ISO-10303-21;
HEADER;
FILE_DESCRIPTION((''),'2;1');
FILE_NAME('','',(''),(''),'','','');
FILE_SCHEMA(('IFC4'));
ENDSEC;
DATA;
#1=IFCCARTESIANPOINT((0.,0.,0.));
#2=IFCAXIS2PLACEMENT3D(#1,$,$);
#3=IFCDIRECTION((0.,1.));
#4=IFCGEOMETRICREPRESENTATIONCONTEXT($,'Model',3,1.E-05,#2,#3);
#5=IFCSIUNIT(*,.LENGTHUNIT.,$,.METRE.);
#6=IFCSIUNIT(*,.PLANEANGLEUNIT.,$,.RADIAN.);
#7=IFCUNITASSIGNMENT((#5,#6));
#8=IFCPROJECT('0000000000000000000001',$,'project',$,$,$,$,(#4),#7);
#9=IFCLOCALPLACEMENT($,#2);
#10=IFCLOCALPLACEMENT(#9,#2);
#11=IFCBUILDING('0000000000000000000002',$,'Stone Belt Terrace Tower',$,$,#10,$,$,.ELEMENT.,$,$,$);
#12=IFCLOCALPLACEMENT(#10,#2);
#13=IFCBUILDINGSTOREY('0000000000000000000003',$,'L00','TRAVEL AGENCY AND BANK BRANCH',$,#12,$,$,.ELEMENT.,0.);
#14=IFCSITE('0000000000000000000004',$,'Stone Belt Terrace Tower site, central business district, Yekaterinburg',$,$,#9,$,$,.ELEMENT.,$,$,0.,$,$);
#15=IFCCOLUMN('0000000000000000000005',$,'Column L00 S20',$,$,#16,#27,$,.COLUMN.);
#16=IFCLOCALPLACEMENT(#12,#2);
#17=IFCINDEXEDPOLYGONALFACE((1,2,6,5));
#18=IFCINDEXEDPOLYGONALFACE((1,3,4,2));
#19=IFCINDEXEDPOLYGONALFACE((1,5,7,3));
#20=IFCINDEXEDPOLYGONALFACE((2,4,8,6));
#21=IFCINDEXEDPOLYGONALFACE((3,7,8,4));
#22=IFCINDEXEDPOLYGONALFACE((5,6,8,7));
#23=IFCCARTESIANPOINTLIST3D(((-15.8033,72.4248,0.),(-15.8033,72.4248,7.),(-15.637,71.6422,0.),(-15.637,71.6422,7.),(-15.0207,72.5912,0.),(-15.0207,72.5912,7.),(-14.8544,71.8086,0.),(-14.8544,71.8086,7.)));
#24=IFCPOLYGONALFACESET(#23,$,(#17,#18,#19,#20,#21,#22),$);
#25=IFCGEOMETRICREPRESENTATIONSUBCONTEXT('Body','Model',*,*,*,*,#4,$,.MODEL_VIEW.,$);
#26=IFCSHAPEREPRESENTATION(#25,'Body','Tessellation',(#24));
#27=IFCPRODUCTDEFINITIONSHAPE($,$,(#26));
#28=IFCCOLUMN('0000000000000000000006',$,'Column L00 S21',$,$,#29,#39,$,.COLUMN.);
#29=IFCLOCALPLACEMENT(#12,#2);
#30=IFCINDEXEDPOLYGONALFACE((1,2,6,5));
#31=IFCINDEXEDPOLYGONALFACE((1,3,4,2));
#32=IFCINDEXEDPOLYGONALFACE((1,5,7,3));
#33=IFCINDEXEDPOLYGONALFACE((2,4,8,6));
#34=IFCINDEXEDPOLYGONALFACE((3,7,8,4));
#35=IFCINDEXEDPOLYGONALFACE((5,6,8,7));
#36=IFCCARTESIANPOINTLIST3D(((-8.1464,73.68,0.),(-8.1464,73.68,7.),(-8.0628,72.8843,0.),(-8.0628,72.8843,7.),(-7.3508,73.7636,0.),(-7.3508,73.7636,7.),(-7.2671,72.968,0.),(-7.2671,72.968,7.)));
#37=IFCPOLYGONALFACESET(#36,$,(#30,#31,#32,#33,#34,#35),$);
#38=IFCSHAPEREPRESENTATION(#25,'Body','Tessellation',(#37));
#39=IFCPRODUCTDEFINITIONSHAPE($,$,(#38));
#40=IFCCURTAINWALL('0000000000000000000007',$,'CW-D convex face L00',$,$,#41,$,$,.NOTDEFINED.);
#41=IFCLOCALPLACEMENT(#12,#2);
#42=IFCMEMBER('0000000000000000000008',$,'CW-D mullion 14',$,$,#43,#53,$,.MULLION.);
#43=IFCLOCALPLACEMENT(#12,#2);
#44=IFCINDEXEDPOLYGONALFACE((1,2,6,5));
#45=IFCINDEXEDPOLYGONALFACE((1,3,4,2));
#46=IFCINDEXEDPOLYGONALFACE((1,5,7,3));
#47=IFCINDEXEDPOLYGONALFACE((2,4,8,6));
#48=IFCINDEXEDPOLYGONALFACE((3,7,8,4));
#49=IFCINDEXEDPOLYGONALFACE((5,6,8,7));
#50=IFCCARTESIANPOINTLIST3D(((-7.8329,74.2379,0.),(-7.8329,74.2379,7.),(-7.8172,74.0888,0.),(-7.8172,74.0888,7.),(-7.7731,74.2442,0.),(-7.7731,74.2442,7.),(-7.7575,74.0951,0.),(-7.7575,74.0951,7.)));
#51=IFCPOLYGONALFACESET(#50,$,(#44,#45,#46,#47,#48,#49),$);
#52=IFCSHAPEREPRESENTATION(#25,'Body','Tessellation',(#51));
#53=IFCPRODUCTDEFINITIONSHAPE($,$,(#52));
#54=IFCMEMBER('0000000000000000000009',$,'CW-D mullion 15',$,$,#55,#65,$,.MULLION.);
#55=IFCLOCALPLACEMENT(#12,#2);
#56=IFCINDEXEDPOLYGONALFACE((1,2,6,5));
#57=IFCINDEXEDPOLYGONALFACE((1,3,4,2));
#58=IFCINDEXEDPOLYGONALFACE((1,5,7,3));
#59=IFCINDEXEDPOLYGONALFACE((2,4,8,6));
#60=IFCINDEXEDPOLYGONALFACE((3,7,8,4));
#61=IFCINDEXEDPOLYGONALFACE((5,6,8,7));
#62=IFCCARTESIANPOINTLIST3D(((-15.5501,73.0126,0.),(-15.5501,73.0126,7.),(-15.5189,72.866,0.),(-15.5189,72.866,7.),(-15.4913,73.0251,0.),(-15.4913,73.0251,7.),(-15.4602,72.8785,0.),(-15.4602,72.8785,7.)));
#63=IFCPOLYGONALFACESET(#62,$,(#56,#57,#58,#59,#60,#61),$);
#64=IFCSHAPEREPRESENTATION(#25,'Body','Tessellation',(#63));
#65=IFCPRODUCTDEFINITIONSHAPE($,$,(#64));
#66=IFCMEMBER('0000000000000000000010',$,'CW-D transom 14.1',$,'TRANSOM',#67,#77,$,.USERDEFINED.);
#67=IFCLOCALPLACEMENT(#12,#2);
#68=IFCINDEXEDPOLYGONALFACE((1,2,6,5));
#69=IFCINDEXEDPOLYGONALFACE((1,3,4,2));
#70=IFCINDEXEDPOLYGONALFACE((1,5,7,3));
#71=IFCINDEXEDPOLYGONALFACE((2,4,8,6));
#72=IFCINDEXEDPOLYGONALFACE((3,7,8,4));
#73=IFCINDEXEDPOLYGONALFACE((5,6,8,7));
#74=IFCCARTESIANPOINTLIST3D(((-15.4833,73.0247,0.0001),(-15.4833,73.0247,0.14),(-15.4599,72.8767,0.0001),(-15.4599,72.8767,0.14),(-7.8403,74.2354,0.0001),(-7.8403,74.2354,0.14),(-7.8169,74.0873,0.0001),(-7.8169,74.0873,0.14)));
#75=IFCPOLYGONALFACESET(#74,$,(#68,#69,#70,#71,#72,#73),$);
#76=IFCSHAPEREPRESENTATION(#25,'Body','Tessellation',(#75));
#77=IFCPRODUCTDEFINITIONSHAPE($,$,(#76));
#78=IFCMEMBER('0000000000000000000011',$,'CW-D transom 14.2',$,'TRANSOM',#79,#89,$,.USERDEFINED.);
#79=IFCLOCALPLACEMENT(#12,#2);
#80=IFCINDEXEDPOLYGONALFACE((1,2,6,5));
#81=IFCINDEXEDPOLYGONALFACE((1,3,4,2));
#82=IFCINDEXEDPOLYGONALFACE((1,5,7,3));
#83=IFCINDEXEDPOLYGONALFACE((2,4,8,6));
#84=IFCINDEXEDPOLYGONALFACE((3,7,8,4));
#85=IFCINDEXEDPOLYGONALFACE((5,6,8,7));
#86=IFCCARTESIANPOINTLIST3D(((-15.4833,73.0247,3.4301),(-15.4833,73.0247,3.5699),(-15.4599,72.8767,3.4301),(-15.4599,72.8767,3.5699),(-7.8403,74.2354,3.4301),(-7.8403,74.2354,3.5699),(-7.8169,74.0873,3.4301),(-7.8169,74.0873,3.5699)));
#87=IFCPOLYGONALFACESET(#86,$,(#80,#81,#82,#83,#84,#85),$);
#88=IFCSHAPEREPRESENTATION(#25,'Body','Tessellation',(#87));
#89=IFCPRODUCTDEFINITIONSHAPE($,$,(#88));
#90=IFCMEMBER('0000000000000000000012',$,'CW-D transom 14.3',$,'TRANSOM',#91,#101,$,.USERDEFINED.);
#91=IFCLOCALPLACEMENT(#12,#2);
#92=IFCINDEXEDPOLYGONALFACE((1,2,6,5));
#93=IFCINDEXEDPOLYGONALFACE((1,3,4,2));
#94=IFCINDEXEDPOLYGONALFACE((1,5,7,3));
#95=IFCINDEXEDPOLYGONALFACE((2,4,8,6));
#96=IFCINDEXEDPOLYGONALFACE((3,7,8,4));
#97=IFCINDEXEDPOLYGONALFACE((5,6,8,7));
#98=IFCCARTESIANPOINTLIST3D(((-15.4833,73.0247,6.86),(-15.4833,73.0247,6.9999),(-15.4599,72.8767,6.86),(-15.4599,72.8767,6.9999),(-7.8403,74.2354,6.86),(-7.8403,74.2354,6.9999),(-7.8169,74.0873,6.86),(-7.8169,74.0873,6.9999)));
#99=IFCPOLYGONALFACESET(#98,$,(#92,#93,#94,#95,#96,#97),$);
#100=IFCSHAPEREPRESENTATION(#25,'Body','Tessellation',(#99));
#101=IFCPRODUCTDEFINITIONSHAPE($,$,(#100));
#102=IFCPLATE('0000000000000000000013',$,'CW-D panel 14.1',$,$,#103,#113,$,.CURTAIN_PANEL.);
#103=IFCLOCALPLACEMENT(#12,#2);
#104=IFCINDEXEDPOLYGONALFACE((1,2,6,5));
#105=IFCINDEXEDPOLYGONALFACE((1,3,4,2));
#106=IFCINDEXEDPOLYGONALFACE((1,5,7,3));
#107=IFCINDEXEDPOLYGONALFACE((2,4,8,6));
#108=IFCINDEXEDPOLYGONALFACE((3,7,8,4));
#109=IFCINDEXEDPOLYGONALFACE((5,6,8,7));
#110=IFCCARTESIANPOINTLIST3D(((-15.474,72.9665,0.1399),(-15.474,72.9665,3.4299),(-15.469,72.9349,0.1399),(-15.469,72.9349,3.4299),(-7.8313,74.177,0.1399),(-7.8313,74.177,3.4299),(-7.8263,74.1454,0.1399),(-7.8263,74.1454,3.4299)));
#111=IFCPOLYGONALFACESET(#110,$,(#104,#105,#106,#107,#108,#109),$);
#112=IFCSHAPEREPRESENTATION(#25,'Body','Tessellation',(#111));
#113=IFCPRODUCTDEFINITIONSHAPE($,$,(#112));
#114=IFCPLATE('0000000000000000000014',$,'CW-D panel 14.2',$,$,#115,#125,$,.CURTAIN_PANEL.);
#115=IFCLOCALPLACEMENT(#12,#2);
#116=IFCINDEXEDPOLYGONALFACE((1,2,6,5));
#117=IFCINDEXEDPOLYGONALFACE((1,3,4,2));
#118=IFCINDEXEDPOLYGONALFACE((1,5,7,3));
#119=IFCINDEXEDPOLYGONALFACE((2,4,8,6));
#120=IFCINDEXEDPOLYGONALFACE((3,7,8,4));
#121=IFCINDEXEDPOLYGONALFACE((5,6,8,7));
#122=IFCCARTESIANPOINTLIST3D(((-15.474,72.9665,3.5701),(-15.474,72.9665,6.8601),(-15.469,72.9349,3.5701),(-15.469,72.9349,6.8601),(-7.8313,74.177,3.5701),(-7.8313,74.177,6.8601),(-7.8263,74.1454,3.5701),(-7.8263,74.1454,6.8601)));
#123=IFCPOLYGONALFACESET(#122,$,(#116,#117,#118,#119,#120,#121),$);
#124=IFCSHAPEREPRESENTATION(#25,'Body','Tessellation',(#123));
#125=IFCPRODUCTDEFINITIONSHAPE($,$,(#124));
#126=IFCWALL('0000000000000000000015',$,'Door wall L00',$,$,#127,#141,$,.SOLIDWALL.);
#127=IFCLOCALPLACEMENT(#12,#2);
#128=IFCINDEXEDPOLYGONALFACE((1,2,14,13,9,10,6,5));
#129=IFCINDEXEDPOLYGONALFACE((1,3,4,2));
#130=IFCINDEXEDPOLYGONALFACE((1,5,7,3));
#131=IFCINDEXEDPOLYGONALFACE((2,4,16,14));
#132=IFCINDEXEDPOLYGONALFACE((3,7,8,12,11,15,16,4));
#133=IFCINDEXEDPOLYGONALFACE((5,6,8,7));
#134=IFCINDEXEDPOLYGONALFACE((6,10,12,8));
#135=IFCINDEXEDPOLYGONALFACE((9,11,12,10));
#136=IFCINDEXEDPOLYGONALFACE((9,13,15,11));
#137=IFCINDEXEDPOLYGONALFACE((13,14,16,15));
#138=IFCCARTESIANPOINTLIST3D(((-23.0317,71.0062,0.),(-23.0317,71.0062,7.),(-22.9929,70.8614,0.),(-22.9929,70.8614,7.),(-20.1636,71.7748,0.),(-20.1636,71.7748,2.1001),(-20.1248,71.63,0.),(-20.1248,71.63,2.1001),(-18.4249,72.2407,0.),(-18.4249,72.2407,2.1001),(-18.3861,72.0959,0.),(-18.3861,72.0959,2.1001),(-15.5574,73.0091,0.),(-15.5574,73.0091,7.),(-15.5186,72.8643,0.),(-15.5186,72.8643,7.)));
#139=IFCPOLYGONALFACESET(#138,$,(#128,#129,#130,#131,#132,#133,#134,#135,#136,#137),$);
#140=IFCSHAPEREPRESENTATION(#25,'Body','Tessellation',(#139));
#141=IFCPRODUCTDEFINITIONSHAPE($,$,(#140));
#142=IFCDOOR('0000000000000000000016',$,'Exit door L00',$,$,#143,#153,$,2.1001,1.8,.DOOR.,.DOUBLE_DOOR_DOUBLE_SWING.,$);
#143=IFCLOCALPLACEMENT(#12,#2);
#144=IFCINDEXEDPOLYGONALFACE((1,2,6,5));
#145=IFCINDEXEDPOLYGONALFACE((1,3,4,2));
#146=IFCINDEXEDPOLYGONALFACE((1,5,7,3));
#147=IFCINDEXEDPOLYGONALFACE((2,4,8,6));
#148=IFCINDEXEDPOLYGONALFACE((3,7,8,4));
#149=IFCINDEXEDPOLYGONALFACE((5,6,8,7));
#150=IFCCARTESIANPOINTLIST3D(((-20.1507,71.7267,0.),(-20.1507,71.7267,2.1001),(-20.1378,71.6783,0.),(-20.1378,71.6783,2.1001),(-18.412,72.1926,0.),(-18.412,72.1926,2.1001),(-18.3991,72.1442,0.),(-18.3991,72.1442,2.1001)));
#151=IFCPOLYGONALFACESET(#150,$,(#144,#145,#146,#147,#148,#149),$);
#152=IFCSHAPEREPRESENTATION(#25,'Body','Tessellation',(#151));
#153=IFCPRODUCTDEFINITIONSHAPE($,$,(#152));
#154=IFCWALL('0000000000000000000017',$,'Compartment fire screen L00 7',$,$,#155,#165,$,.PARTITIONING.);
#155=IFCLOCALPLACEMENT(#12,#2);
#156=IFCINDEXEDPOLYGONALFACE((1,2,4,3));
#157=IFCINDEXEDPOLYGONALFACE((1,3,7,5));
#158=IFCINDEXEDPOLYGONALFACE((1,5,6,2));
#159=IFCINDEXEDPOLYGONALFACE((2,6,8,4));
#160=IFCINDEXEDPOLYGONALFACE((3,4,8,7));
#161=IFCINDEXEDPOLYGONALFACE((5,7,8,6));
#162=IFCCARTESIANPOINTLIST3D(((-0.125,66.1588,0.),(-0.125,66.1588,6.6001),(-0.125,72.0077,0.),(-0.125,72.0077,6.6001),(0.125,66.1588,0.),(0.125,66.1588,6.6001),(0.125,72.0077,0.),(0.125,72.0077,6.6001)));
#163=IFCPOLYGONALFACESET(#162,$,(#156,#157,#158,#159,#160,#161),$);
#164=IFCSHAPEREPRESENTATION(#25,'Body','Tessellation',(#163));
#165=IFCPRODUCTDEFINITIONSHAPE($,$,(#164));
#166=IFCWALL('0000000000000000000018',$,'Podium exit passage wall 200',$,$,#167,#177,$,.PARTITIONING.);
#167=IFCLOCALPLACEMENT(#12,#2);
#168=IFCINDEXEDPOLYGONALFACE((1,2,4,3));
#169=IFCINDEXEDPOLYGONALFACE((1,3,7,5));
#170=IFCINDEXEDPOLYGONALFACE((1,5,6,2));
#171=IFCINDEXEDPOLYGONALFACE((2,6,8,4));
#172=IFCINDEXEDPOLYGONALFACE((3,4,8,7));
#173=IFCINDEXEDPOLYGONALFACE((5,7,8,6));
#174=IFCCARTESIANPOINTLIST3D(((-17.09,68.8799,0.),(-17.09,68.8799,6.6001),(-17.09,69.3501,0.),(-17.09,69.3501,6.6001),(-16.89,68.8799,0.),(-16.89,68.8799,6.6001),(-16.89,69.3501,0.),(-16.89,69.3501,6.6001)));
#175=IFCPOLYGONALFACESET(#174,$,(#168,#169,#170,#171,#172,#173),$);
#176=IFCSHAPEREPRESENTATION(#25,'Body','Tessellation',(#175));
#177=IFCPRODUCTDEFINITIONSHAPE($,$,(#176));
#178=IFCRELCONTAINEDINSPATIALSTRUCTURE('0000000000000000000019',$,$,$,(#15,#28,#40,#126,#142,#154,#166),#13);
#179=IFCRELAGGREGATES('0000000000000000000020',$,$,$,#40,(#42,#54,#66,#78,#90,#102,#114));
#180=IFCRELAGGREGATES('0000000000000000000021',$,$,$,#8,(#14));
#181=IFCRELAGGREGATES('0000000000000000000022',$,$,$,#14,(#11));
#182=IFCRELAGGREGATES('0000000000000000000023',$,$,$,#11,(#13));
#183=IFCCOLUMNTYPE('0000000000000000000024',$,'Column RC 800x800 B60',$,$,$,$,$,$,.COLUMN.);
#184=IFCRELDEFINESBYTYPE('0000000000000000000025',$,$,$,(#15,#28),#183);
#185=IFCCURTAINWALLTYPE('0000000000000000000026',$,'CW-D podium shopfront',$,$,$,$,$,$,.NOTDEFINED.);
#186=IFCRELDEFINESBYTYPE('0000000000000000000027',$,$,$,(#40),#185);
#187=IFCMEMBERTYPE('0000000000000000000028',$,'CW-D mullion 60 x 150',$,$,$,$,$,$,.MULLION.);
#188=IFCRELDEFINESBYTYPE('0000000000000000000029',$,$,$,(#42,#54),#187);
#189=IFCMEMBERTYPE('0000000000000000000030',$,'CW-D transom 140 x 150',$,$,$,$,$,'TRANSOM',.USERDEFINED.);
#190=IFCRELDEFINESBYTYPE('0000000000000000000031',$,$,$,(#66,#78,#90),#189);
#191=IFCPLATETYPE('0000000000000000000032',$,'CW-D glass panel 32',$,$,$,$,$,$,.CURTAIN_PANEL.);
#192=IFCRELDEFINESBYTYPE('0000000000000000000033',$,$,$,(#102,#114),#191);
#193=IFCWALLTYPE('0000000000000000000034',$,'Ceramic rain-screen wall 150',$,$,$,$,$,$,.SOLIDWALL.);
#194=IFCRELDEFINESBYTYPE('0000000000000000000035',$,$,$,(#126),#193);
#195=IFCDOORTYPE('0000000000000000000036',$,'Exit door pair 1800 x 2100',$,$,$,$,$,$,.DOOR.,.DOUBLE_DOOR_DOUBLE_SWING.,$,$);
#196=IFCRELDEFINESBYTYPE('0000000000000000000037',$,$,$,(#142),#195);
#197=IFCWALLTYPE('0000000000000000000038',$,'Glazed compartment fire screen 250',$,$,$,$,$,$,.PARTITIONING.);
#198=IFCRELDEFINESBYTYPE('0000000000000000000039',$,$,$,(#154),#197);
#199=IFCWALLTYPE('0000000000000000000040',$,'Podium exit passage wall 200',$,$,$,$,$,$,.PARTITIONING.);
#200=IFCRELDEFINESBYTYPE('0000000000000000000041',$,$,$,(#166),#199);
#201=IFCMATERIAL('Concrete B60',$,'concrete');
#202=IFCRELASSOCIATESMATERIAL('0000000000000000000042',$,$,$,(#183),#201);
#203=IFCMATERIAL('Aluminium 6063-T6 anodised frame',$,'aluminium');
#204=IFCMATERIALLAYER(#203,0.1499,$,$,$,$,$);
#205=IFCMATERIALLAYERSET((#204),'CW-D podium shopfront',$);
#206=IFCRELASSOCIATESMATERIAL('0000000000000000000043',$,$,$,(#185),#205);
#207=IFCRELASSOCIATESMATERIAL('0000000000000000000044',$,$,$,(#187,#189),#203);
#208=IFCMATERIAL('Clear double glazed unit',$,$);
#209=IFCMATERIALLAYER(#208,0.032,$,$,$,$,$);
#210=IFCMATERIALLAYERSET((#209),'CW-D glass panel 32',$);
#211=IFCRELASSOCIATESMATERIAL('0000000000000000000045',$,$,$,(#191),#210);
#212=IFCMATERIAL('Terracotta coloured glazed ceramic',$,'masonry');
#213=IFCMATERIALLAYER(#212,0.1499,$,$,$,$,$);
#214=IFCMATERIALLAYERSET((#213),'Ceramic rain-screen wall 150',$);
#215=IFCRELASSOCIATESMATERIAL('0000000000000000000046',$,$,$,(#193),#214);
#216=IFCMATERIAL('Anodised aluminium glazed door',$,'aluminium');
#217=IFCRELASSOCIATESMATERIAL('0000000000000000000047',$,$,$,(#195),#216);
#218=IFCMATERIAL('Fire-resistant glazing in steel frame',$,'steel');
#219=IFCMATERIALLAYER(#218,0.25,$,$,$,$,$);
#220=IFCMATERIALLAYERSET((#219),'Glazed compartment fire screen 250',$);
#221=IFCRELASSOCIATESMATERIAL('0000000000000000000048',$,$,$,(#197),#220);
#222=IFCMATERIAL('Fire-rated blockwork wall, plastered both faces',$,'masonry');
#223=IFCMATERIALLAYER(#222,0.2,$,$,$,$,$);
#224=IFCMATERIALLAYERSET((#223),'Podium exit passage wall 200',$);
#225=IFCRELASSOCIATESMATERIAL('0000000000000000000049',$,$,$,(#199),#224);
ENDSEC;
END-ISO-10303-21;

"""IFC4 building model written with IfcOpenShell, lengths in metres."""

from ifc_helpers import new_model, si_unit, direction, frame, frame_2d, origin, origin_2d, place, context, subcontext, project, spatial, rectangle, extrude, material, layer, layer_set, material_profile, profile_set, type_object, element, fill, aggregate, save


model = new_model("IFC4")

# Units and contexts
model_context = context("Model", 3, precision=1e-05, world=origin(), true_north=direction((0.0, 1.0)))
body_context = subcontext(model_context, "Body", "Model", "MODEL_VIEW")
ifc_project = project(units=[si_unit("LENGTHUNIT", "METRE"), si_unit("PLANEANGLEUNIT", "RADIAN")], contexts=[model_context])

# Site, building, storey
site_placement = place(None, origin())
site = spatial("IfcSite", under=ifc_project, at=site_placement, Name="Stone Belt Terrace Tower site, central business district, Yekaterinburg", CompositionType="ELEMENT", RefElevation=0.0)
building_placement = place(site_placement, origin())
building = spatial("IfcBuilding", under=site, at=building_placement, Name="Stone Belt Terrace Tower", CompositionType="ELEMENT")
storey_placement = place(building_placement, origin())
storey = spatial("IfcBuildingStorey", under=building, at=storey_placement, Name="L00", Description="TRAVEL AGENCY AND BANK BRANCH", CompositionType="ELEMENT", Elevation=0.0)

# Columns
ifc_material_1 = material(Name="Concrete B60", Category="concrete")
ifc_material_profile_1 = material_profile(ifc_material_1, rectangle(XDim=0.8, YDim=0.8, at=origin_2d()), Name="RC 800x800")
ifc_profile_set_1 = profile_set([ifc_material_profile_1], Name="Concrete B60")
column_type = type_object("IfcColumnType", Name="Column RC 800x800 B60", PredefinedType="COLUMN", material=ifc_profile_set_1)
for number, where, z_axis, x_axis, name in (
    (1, (-15.3289, 72.1167, 0.0), (0.0, 0.0, 1.0), (0.978148, 0.207912, 0.0), "Column L00 S20"),
    (2, (-7.7068, 73.324, 0.0), (0.0, 0.0, 1.0), (0.994522, 0.104528, 0.0), "Column L00 S21"),
):
    element("IfcColumn", number, at=place(storey_placement, frame(where, z_axis=z_axis, x_axis=x_axis)), inside=storey, type_object=column_type, Name=name, PredefinedType="COLUMN", context=body_context, shape_type="SweptSolid", body=[
        extrude(rectangle(XDim=0.8, YDim=0.8, at=origin_2d()), origin(), (0.0, 0.0, 1.0), 7.0),
    ])

# Curtain wall, members, plates
ifc_material_2 = material(Name="Aluminium 6063-T6 anodised frame", Category="aluminium")
ifc_layer_1 = layer(ifc_material_2, 0.1499)
ifc_layer_set_1 = layer_set([ifc_layer_1], Name="CW-D podium shopfront")
curtain_wall_type = type_object("IfcCurtainWallType", Name="CW-D podium shopfront", PredefinedType="NOTDEFINED", material=ifc_layer_set_1)
curtain_wall_placement = place(storey_placement, origin())
curtain_wall = element("IfcCurtainWall", 3, at=curtain_wall_placement, inside=storey, type_object=curtain_wall_type, Name="CW-D convex face L00", PredefinedType="NOTDEFINED")
ifc_material_profile_2 = material_profile(ifc_material_2, rectangle(XDim=0.1499, YDim=0.0601, at=origin_2d()), Name="Aluminium 6063-T6 60x150")
ifc_profile_set_2 = profile_set([ifc_material_profile_2], Name="Aluminium 6063-T6 anodised frame")
member_type_1 = type_object("IfcMemberType", Name="CW-D mullion 60 x 150", PredefinedType="MULLION", material=ifc_profile_set_2)
member_1_placement = place(storey_placement, frame((-7.7952, 74.1665, 0.0), z_axis=(0.0, 0.0, 1.0), x_axis=(0.104528, -0.994522, 0.0)))
member_1 = element("IfcMember", 4, at=member_1_placement, type_object=member_type_1, Name="CW-D mullion 14", PredefinedType="MULLION", context=body_context, shape_type="SweptSolid", body=[
    extrude(rectangle(XDim=0.1499, YDim=0.0601, at=origin_2d()), origin(), (0.0, 0.0, 1.0), 7.0),
])
member_2_placement = place(storey_placement, frame((-15.5051, 72.9456, 0.0), z_axis=(0.0, 0.0, 1.0), x_axis=(0.207912, -0.978148, 0.0)))
member_2 = element("IfcMember", 5, at=member_2_placement, type_object=member_type_1, Name="CW-D mullion 15", PredefinedType="MULLION", context=body_context, shape_type="SweptSolid", body=[
    extrude(rectangle(XDim=0.1499, YDim=0.0601, at=origin_2d()), origin(), (0.0, 0.0, 1.0), 7.0),
])
ifc_material_profile_3 = material_profile(ifc_material_2, rectangle(XDim=0.1499, YDim=0.1399, at=origin_2d()), Name="Aluminium 6063-T6 150x140")
ifc_profile_set_3 = profile_set([ifc_material_profile_3], Name="Aluminium 6063-T6 anodised frame")
member_type_2 = type_object("IfcMemberType", Name="CW-D transom 140 x 150", ElementType="TRANSOM", PredefinedType="USERDEFINED", material=ifc_profile_set_3)
member_3_placement = place(storey_placement, frame((-7.8286, 74.1614, 0.0701), z_axis=(-0.987685, -0.156453, 0.0), x_axis=(0.156453, -0.987685, 0.0)))
member_3 = element("IfcMember", 6, at=member_3_placement, type_object=member_type_2, Name="CW-D transom 14.1", ObjectType="TRANSOM", PredefinedType="USERDEFINED", context=body_context, shape_type="SweptSolid", body=[
    extrude(rectangle(XDim=0.1499, YDim=0.1399, at=origin_2d()), origin(), (0.0, 0.0, 1.0), 7.7383),
])
member_4_placement = place(storey_placement, frame((-7.8286, 74.1614, 3.5), z_axis=(-0.987685, -0.156453, 0.0), x_axis=(0.156453, -0.987685, 0.0)))
member_4 = element("IfcMember", 7, at=member_4_placement, type_object=member_type_2, Name="CW-D transom 14.2", ObjectType="TRANSOM", PredefinedType="USERDEFINED", context=body_context, shape_type="SweptSolid", body=[
    extrude(rectangle(XDim=0.1499, YDim=0.1399, at=origin_2d()), origin(), (0.0, 0.0, 1.0), 7.7383),
])
member_5_placement = place(storey_placement, frame((-7.8286, 74.1614, 6.9299), z_axis=(-0.987685, -0.156453, 0.0), x_axis=(0.156453, -0.987685, 0.0)))
member_5 = element("IfcMember", 8, at=member_5_placement, type_object=member_type_2, Name="CW-D transom 14.3", ObjectType="TRANSOM", PredefinedType="USERDEFINED", context=body_context, shape_type="SweptSolid", body=[
    extrude(rectangle(XDim=0.1499, YDim=0.1399, at=origin_2d()), origin(), (0.0, 0.0, 1.0), 7.7383),
])
ifc_material_3 = material(Name="Clear double glazed unit")
ifc_layer_2 = layer(ifc_material_3, 0.032)
ifc_layer_set_2 = layer_set([ifc_layer_2], Name="CW-D glass panel 32")
plate_type = type_object("IfcPlateType", Name="CW-D glass panel 32", PredefinedType="CURTAIN_PANEL", material=ifc_layer_set_2)
plate_1_placement = place(storey_placement, frame((-11.6501, 73.5559, 0.1399), z_axis=(0.0, 0.0, 1.0), x_axis=(-0.987688, -0.156434, 0.0)))
plate_1 = element("IfcPlate", 9, at=plate_1_placement, type_object=plate_type, Name="CW-D panel 14.1", PredefinedType="CURTAIN_PANEL", context=body_context, shape_type="SweptSolid", body=[
    extrude(rectangle(XDim=7.738, YDim=0.032, at=origin_2d()), origin(), (0.0, 0.0, 1.0), 3.29),
])
plate_2_placement = place(storey_placement, frame((-11.6501, 73.5559, 3.5701), z_axis=(0.0, 0.0, 1.0), x_axis=(-0.987688, -0.156434, 0.0)))
plate_2 = element("IfcPlate", 10, at=plate_2_placement, type_object=plate_type, Name="CW-D panel 14.2", PredefinedType="CURTAIN_PANEL", context=body_context, shape_type="SweptSolid", body=[
    extrude(rectangle(XDim=7.738, YDim=0.032, at=origin_2d()), origin(), (0.0, 0.0, 1.0), 3.29),
])
aggregate(curtain_wall, [member_1, member_2, member_3, member_4, member_5, plate_1, plate_2])

# Shared definitions
ifc_material_4 = material(Name="Terracotta coloured glazed ceramic", Category="masonry")
ifc_layer_3 = layer(ifc_material_4, 0.1499)
ifc_layer_set_3 = layer_set([ifc_layer_3], Name="Ceramic rain-screen wall 150")
wall_type_1 = type_object("IfcWallType", Name="Ceramic rain-screen wall 150", PredefinedType="SOLIDWALL", material=ifc_layer_set_3)
ifc_material_5 = material(Name="Anodised aluminium glazed door", Category="aluminium")

# Wall, opening, door
wall_1_placement = place(storey_placement, frame((-15.5378, 72.9368, 0.0), z_axis=(0.0, 0.0, 1.0), x_axis=(-0.96592, -0.258841, 0.0)))
wall_1 = element("IfcWall", 11, at=wall_1_placement, inside=storey, type_object=wall_type_1, Name="Door wall L00", PredefinedType="SOLIDWALL", context=body_context, shape_type="SweptSolid", body=[
    extrude(rectangle(XDim=7.738, YDim=0.1499, at=frame_2d((3.8691, 0.0))), origin(), (0.0, 0.0, 1.0), 7.0),
])
opening_1_placement = place(wall_1_placement, frame((2.969, 0.0, 0.0)))
opening_1 = element("IfcOpeningElement", 12, at=opening_1_placement, cuts=wall_1, PredefinedType="OPENING", context=body_context, shape_type="SweptSolid", body=[
    extrude(rectangle(XDim=1.8, YDim=2.1001, at=frame_2d((0.8999, 1.05))), frame((0.0, 0.085, 0.0), z_axis=(0.0, -1.0, 0.0), x_axis=(1.0, 0.0, 0.0)), (0.0, 0.0, 1.0), 0.1699),
])
door_type_1 = type_object("IfcDoorType", Name="Exit door pair 1800 x 2100", OperationType="DOUBLE_DOOR_DOUBLE_SWING", PredefinedType="DOOR", material=ifc_material_5)
door_1_placement = place(opening_1_placement, origin())
door_1 = element("IfcDoor", 13, at=door_1_placement, inside=storey, type_object=door_type_1, Name="Exit door L00", OperationType="DOUBLE_DOOR_DOUBLE_SWING", OverallHeight=2.1001, OverallWidth=1.8, PredefinedType="DOOR", context=body_context, shape_type="SweptSolid", body=[
    extrude(rectangle(XDim=1.8, YDim=2.1001, at=frame_2d((0.8999, 1.05))), frame((0.0, 0.0249, 0.0), z_axis=(0.0, -1.0, 0.0), x_axis=(1.0, 0.0, 0.0)), (0.0, 0.0, 1.0), 0.05),
])
fill(opening_1, door_1)

# Walls
ifc_material_6 = material(Name="Fire-resistant glazing in steel frame", Category="steel")
ifc_layer_4 = layer(ifc_material_6, 0.25)
ifc_layer_set_4 = layer_set([ifc_layer_4], Name="Glazed compartment fire screen 250")
wall_type_2 = type_object("IfcWallType", Name="Glazed compartment fire screen 250", PredefinedType="PARTITIONING", material=ifc_layer_set_4)
wall_2_placement = place(storey_placement, frame((0.0, 66.1589, 0.0), z_axis=(0.0, 0.0, 1.0), x_axis=(0.0, 1.0, 0.0)))
element("IfcWall", 14, at=wall_2_placement, inside=storey, type_object=wall_type_2, Name="Compartment fire screen L00 7", PredefinedType="PARTITIONING", context=body_context, shape_type="SweptSolid", body=[
    extrude(rectangle(XDim=5.8489, YDim=0.25, at=frame_2d((2.9243, 0.0))), origin(), (0.0, 0.0, 1.0), 6.6001),
])
ifc_material_7 = material(Name="Fire-rated blockwork wall, plastered both faces", Category="masonry")
ifc_layer_5 = layer(ifc_material_7, 0.2)
ifc_layer_set_5 = layer_set([ifc_layer_5], Name="Podium exit passage wall 200")
wall_type_3 = type_object("IfcWallType", Name="Podium exit passage wall 200", PredefinedType="PARTITIONING", material=ifc_layer_set_5)
wall_3_placement = place(storey_placement, frame((-16.99, 68.8799, 0.0), z_axis=(0.0, 0.0, 1.0), x_axis=(0.0, 1.0, 0.0)))
element("IfcWall", 15, at=wall_3_placement, inside=storey, type_object=wall_type_3, Name="Podium exit passage wall 200", PredefinedType="PARTITIONING", context=body_context, shape_type="SweptSolid", body=[
    extrude(rectangle(XDim=0.4702, YDim=0.2, at=frame_2d((0.2351, 0.0))), origin(), (0.0, 0.0, 1.0), 6.6001),
])

save(model, "model.ifc")
